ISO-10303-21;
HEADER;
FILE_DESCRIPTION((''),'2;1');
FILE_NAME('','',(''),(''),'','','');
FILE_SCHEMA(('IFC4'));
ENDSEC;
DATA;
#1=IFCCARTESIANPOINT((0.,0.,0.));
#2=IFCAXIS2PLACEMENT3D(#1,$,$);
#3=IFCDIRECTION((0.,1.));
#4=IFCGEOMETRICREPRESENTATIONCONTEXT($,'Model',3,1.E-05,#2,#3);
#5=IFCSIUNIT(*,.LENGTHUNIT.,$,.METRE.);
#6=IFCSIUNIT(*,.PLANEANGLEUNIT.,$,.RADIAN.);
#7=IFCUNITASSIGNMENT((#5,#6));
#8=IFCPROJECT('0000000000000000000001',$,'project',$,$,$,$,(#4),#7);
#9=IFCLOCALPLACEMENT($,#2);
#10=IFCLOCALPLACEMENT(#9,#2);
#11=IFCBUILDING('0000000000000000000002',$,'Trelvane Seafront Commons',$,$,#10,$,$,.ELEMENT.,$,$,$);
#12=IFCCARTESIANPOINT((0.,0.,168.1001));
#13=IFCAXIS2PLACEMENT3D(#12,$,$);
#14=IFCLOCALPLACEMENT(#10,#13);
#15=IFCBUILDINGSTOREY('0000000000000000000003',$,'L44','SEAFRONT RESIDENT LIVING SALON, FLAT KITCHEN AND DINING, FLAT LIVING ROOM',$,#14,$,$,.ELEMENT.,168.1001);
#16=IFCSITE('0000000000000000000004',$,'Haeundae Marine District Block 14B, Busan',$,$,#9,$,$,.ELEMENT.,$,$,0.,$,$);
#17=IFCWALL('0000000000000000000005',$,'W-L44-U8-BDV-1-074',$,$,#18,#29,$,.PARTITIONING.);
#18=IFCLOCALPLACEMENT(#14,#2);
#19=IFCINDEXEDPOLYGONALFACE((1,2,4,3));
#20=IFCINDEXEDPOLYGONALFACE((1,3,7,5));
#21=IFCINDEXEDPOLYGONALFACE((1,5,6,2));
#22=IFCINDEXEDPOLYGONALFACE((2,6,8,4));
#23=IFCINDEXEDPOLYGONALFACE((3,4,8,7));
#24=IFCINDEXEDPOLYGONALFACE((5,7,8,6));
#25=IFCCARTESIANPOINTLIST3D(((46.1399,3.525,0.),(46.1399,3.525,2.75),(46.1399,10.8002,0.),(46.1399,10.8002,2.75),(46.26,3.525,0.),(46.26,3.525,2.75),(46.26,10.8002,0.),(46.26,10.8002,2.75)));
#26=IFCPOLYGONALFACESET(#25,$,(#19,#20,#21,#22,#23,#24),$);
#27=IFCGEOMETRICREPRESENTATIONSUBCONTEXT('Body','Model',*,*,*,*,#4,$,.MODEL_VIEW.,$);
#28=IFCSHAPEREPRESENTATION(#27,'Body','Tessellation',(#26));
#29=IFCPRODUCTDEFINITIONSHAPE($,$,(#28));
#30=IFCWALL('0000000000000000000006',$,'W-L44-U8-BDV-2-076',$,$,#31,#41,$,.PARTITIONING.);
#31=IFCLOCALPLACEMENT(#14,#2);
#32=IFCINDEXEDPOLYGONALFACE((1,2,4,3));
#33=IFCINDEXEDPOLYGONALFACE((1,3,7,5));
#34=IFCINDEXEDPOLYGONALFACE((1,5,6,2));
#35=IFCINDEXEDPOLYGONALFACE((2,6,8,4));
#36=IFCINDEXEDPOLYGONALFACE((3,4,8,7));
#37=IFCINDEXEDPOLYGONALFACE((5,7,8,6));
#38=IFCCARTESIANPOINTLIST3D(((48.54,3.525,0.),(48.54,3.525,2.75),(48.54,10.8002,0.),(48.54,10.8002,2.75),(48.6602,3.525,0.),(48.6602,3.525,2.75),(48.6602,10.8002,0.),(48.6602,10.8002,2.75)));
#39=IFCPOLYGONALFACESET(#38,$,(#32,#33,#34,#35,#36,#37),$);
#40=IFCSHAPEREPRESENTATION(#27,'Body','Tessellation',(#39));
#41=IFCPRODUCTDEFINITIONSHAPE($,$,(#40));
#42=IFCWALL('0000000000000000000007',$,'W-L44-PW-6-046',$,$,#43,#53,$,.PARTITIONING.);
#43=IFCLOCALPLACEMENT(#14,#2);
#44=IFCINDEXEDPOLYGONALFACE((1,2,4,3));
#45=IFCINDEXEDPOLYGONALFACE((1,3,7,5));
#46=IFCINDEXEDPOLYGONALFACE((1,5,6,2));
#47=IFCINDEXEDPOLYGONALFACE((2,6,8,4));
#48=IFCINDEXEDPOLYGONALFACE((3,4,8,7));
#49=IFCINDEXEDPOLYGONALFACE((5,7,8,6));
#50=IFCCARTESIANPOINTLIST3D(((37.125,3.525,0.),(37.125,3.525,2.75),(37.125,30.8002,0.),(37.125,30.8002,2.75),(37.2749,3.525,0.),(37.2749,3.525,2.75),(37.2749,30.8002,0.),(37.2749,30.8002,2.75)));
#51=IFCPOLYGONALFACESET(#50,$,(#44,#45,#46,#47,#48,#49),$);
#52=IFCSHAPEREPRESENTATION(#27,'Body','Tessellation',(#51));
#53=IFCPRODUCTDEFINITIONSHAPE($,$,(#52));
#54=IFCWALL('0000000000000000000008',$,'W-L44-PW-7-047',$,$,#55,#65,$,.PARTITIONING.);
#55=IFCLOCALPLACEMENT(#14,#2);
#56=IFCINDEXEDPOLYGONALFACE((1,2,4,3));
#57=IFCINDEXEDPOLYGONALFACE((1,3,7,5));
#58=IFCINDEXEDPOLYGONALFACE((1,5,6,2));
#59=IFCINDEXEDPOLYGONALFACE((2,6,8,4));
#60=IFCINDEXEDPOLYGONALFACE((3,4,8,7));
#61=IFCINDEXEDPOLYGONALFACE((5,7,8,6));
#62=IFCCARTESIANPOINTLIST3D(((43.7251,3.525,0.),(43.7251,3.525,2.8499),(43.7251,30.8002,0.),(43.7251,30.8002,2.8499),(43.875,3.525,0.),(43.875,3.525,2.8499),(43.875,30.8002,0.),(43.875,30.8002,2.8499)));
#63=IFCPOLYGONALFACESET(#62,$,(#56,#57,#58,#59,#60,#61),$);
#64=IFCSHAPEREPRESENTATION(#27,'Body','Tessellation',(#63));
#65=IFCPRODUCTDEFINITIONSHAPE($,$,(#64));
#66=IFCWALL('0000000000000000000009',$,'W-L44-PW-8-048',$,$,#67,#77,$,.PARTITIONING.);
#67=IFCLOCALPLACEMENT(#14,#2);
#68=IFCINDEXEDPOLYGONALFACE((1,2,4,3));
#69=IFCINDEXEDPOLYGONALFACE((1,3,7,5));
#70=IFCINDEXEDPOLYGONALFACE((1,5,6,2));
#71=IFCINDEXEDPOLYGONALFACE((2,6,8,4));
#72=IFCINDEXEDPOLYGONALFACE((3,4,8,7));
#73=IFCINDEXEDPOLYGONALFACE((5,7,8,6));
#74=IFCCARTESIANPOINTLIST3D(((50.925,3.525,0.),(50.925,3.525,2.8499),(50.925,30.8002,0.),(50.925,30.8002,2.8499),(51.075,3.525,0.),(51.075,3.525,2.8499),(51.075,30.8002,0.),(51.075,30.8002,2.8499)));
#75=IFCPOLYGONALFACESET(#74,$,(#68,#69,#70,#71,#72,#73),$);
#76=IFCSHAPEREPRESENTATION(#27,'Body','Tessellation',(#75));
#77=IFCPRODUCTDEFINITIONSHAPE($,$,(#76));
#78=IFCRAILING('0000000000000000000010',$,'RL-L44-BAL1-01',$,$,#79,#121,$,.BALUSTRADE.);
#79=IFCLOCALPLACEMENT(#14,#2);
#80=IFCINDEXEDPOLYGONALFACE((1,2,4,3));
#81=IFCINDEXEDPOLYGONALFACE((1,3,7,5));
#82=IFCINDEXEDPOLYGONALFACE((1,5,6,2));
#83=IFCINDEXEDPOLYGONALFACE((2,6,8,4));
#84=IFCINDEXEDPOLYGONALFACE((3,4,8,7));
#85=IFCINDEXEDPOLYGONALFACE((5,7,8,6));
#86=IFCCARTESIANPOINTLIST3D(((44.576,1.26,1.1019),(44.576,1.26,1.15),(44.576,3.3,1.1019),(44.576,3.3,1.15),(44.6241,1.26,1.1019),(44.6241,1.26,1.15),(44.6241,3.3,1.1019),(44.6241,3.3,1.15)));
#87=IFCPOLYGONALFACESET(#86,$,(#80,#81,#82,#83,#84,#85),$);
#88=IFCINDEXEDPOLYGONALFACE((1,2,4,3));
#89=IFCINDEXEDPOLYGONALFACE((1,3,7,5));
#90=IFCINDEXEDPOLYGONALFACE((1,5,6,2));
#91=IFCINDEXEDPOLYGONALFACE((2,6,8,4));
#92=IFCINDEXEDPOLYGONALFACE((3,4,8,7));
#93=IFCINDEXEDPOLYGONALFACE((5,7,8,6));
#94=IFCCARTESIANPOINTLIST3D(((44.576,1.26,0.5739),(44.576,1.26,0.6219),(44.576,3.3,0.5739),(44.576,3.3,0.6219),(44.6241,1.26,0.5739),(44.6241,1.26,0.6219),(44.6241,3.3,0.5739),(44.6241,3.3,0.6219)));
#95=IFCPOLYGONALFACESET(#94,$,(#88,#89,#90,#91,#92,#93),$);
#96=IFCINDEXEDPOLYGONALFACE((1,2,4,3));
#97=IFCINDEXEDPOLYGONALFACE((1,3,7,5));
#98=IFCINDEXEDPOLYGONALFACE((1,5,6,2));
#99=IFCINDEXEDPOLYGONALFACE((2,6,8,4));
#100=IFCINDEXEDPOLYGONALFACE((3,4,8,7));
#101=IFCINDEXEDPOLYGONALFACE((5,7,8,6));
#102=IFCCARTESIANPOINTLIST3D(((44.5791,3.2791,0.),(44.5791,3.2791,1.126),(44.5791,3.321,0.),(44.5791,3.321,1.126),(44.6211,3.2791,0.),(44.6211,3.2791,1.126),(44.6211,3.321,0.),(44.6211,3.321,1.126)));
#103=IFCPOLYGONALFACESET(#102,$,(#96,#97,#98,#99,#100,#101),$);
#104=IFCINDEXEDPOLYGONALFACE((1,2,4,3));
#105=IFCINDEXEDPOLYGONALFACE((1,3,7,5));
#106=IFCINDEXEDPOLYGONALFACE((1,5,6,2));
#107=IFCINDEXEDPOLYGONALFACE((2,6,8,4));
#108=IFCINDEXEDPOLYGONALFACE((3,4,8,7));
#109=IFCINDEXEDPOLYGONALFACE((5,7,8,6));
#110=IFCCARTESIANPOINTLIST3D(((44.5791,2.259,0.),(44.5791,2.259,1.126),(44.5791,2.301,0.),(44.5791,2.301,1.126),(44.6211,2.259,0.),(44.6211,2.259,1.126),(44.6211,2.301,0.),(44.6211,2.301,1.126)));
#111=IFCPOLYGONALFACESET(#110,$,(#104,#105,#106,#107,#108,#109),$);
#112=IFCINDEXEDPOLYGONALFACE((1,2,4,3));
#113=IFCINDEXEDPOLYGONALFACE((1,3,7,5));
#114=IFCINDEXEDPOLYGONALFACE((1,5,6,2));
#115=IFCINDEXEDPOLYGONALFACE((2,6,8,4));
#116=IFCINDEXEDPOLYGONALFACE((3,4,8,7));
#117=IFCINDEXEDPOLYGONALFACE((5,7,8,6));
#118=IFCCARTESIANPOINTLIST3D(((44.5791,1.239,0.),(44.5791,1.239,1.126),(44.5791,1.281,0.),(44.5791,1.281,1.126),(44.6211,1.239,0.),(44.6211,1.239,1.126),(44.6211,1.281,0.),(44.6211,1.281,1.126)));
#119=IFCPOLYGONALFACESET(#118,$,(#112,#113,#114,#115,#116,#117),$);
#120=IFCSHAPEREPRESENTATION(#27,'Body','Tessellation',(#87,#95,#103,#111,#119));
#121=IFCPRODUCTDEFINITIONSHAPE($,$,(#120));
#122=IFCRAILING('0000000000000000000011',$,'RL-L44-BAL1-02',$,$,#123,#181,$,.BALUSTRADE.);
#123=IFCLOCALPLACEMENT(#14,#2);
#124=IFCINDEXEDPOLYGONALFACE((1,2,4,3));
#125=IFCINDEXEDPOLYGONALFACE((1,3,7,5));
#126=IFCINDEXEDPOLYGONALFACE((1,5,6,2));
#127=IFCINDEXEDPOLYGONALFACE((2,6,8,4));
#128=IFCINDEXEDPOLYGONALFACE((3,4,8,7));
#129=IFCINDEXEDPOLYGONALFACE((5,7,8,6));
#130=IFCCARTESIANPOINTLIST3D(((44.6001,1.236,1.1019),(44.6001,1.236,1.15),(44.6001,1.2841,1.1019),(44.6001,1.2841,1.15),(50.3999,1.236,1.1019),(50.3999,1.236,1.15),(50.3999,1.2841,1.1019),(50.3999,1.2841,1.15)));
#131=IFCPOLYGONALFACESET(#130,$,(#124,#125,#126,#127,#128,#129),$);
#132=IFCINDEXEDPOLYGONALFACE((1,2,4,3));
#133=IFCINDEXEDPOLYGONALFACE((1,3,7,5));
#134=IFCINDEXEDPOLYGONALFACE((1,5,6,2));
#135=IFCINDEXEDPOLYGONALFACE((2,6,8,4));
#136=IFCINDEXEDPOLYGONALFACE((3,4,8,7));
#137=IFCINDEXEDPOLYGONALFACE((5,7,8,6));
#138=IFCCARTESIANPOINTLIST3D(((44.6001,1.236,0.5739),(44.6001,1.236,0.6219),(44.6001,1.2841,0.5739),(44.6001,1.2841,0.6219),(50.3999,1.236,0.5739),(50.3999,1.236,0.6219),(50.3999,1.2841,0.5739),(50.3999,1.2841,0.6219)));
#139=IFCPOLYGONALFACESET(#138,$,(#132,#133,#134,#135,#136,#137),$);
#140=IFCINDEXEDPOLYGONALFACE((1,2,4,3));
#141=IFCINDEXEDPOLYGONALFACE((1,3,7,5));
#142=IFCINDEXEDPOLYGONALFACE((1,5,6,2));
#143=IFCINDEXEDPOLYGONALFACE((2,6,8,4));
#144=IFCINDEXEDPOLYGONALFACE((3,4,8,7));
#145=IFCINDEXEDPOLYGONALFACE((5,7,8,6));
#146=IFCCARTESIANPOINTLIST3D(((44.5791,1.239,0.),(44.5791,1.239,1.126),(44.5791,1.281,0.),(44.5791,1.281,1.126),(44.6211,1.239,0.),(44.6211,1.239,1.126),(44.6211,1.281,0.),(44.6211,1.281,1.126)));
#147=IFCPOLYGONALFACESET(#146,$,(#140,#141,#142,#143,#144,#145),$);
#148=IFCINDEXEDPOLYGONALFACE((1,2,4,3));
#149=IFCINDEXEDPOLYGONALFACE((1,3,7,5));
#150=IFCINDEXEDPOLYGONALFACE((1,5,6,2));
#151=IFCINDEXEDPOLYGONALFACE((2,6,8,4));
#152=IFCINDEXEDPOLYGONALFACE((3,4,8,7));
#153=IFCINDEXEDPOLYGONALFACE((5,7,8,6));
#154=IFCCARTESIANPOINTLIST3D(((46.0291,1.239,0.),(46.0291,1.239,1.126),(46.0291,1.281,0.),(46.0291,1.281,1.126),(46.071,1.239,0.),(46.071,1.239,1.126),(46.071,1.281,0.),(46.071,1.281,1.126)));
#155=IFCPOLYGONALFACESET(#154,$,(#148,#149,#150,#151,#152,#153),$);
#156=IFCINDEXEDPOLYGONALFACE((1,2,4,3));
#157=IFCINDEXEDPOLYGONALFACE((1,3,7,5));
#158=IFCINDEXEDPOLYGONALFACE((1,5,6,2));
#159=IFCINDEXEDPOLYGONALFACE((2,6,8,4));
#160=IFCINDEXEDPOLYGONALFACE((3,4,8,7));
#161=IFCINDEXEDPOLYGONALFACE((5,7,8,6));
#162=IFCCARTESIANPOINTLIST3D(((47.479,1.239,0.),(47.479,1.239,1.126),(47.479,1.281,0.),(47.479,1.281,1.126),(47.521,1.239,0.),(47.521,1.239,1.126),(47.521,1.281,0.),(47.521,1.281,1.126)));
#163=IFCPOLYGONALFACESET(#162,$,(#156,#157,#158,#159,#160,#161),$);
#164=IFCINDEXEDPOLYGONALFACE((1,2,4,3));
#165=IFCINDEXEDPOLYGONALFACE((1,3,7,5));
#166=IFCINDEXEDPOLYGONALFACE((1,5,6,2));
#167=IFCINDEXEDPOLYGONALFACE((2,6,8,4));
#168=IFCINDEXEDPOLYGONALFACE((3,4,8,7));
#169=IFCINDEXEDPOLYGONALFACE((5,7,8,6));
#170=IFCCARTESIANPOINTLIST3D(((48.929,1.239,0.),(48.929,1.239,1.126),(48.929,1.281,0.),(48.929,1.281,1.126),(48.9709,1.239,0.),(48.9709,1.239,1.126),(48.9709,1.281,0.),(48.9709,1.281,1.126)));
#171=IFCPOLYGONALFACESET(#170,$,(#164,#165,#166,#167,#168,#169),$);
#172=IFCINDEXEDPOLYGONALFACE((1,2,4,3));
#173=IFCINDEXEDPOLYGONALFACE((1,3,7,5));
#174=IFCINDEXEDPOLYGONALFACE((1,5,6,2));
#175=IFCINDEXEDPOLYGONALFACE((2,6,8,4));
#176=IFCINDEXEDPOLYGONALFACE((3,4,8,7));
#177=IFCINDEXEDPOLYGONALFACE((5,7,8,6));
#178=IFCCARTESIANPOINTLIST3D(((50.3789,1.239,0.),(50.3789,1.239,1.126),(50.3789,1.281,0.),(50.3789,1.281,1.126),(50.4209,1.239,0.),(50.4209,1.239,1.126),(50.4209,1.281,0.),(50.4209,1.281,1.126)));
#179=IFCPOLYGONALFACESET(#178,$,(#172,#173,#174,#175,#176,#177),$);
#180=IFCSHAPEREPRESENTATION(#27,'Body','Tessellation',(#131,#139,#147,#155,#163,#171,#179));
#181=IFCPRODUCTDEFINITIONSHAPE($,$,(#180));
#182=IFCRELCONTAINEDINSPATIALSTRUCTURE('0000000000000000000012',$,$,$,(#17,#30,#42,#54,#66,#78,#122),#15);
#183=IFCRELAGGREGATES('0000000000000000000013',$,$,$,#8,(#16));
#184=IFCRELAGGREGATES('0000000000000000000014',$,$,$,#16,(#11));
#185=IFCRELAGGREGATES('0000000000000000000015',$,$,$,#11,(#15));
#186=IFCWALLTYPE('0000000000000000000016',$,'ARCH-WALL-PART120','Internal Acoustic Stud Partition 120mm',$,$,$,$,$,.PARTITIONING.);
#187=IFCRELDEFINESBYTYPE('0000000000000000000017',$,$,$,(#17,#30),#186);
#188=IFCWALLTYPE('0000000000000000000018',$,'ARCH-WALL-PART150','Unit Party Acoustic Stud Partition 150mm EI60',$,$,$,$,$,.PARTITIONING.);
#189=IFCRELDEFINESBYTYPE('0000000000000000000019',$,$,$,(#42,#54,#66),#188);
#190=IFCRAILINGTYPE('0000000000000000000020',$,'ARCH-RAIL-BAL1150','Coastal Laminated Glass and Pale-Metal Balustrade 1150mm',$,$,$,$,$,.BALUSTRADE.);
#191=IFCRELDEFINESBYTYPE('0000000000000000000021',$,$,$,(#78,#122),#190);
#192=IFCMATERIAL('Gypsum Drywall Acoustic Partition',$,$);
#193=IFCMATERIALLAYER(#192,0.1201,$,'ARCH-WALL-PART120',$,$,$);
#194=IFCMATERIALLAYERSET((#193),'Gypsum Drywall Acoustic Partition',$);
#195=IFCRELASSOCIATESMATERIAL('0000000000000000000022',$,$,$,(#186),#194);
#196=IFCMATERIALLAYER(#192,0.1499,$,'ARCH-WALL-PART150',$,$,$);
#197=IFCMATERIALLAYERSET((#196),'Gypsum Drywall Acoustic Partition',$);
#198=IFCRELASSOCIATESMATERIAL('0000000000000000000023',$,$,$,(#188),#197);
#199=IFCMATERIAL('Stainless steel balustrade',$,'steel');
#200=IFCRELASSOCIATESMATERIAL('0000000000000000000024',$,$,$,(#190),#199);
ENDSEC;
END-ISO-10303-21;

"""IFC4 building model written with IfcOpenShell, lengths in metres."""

from ifc_helpers import new_model, si_unit, direction, frame, frame_2d, origin, origin_2d, place, context, subcontext, project, spatial, rectangle, extrude, material, layer, layer_set, type_object, element, save


model = new_model("IFC4")

# Units and contexts
model_context = context("Model", 3, precision=1e-05, world=origin(), true_north=direction((0.0, 1.0)))
body_context = subcontext(model_context, "Body", "Model", "MODEL_VIEW")
ifc_project = project(units=[si_unit("LENGTHUNIT", "METRE"), si_unit("PLANEANGLEUNIT", "RADIAN")], contexts=[model_context])

# Site, building, storey
site_placement = place(None, origin())
site = spatial("IfcSite", under=ifc_project, at=site_placement, Name="Haeundae Marine District Block 14B, Busan", CompositionType="ELEMENT", RefElevation=0.0)
building_placement = place(site_placement, origin())
building = spatial("IfcBuilding", under=site, at=building_placement, Name="Trelvane Seafront Commons", CompositionType="ELEMENT")
storey_placement = place(building_placement, frame((0.0, 0.0, 168.1001)))
storey = spatial("IfcBuildingStorey", under=building, at=storey_placement, Name="L44", Description="SEAFRONT RESIDENT LIVING SALON, FLAT KITCHEN AND DINING, FLAT LIVING ROOM", CompositionType="ELEMENT", Elevation=168.1001)

# Shared definitions
ifc_material_1 = material(Name="Gypsum Drywall Acoustic Partition")
ifc_layer_1 = layer(ifc_material_1, 0.1201, Name="ARCH-WALL-PART120")
ifc_layer_set_1 = layer_set([ifc_layer_1], Name="Gypsum Drywall Acoustic Partition")
wall_type_1 = type_object("IfcWallType", Name="ARCH-WALL-PART120", Description="Internal Acoustic Stud Partition 120mm", PredefinedType="PARTITIONING", material=ifc_layer_set_1)

# Wall
wall_1_placement = place(storey_placement, frame((46.2, 3.5249, 0.0), z_axis=(0.0, 0.0, 1.0), x_axis=(0.0, 1.0, 0.0)))
element("IfcWall", 1, at=wall_1_placement, inside=storey, type_object=wall_type_1, Name="W-L44-U8-BDV-1-074", PredefinedType="PARTITIONING", context=body_context, shape_type="SweptSolid", body=[
    extrude(rectangle(XDim=7.2751, YDim=0.1201, at=frame_2d((3.6377, 0.0))), origin(), (0.0, 0.0, 1.0), 2.75),
])

# Walls
wall_2_placement = place(storey_placement, frame((48.6001, 3.5249, 0.0), z_axis=(0.0, 0.0, 1.0), x_axis=(0.0, 1.0, 0.0)))
element("IfcWall", 2, at=wall_2_placement, inside=storey, type_object=wall_type_1, Name="W-L44-U8-BDV-2-076", PredefinedType="PARTITIONING", context=body_context, shape_type="SweptSolid", body=[
    extrude(rectangle(XDim=7.2751, YDim=0.1201, at=frame_2d((3.6377, 0.0))), origin(), (0.0, 0.0, 1.0), 2.75),
])
ifc_layer_2 = layer(ifc_material_1, 0.1499, Name="ARCH-WALL-PART150")
ifc_layer_set_2 = layer_set([ifc_layer_2], Name="Gypsum Drywall Acoustic Partition")
wall_type_2 = type_object("IfcWallType", Name="ARCH-WALL-PART150", Description="Unit Party Acoustic Stud Partition 150mm EI60", PredefinedType="PARTITIONING", material=ifc_layer_set_2)
wall_3_placement = place(storey_placement, frame((37.2, 3.5249, 0.0), z_axis=(0.0, 0.0, 1.0), x_axis=(0.0, 1.0, 0.0)))
element("IfcWall", 3, at=wall_3_placement, inside=storey, type_object=wall_type_2, Name="W-L44-PW-6-046", PredefinedType="PARTITIONING", context=body_context, shape_type="SweptSolid", body=[
    extrude(rectangle(XDim=27.2751, YDim=0.1499, at=frame_2d((13.6377, 0.0))), origin(), (0.0, 0.0, 1.0), 2.75),
])
for number, where, z_axis, x_axis, name in (
    (4, (43.8, 3.5249, 0.0), (0.0, 0.0, 1.0), (0.0, 1.0, 0.0), "W-L44-PW-7-047"),
    (5, (51.0, 3.5249, 0.0), (0.0, 0.0, 1.0), (0.0, 1.0, 0.0), "W-L44-PW-8-048"),
):
    element("IfcWall", number, at=place(storey_placement, frame(where, z_axis=z_axis, x_axis=x_axis)), inside=storey, type_object=wall_type_2, Name=name, PredefinedType="PARTITIONING", context=body_context, shape_type="SweptSolid", body=[
        extrude(rectangle(XDim=27.2751, YDim=0.1499, at=frame_2d((13.6377, 0.0))), origin(), (0.0, 0.0, 1.0), 2.8499),
    ])

# Railings
ifc_material_2 = material(Name="Stainless steel balustrade", Category="steel")
railing_type = type_object("IfcRailingType", Name="ARCH-RAIL-BAL1150", Description="Coastal Laminated Glass and Pale-Metal Balustrade 1150mm", PredefinedType="BALUSTRADE", material=ifc_material_2)
railing_1_placement = place(storey_placement, frame((44.6001, 3.3, 0.0)))
element("IfcRailing", 6, at=railing_1_placement, inside=storey, type_object=railing_type, Name="RL-L44-BAL1-01", PredefinedType="BALUSTRADE", context=body_context, shape_type="SweptSolid", body=[
    extrude(rectangle(XDim=0.0481, YDim=0.0481, at=origin_2d()), frame((0.0, 0.0, 1.126), z_axis=(0.0, -1.0, 0.0), x_axis=(1.0, 0.0, 0.0)), (0.0, 0.0, 1.0), 2.04),
    extrude(rectangle(XDim=0.0481, YDim=0.0481, at=origin_2d()), frame((0.0, 0.0, 0.5979), z_axis=(0.0, -1.0, 0.0), x_axis=(1.0, 0.0, 0.0)), (0.0, 0.0, 1.0), 2.04),
    extrude(rectangle(XDim=0.042, YDim=0.042, at=origin_2d()), origin(), (0.0, 0.0, 1.0), 1.126),
    extrude(rectangle(XDim=0.042, YDim=0.042, at=origin_2d()), frame((0.0, -1.02, 0.0)), (0.0, 0.0, 1.0), 1.126),
    extrude(rectangle(XDim=0.042, YDim=0.042, at=origin_2d()), frame((0.0, -2.04, 0.0)), (0.0, 0.0, 1.0), 1.126),
])
railing_2_placement = place(storey_placement, frame((44.6001, 1.26, 0.0)))
element("IfcRailing", 7, at=railing_2_placement, inside=storey, type_object=railing_type, Name="RL-L44-BAL1-02", PredefinedType="BALUSTRADE", context=body_context, shape_type="SweptSolid", body=[
    extrude(rectangle(XDim=0.0481, YDim=0.0481, at=origin_2d()), frame((0.0, 0.0, 1.126), z_axis=(1.0, 0.0, 0.0), x_axis=(0.0, 1.0, 0.0)), (0.0, 0.0, 1.0), 5.7998),
    extrude(rectangle(XDim=0.0481, YDim=0.0481, at=origin_2d()), frame((0.0, 0.0, 0.5979), z_axis=(1.0, 0.0, 0.0), x_axis=(0.0, 1.0, 0.0)), (0.0, 0.0, 1.0), 5.7998),
    extrude(rectangle(XDim=0.042, YDim=0.042, at=origin_2d()), origin(), (0.0, 0.0, 1.0), 1.126),
    extrude(rectangle(XDim=0.042, YDim=0.042, at=origin_2d()), frame((1.45, 0.0, 0.0)), (0.0, 0.0, 1.0), 1.126),
    extrude(rectangle(XDim=0.042, YDim=0.042, at=origin_2d()), frame((2.8999, 0.0, 0.0)), (0.0, 0.0, 1.0), 1.126),
    extrude(rectangle(XDim=0.042, YDim=0.042, at=origin_2d()), frame((4.3499, 0.0, 0.0)), (0.0, 0.0, 1.0), 1.126),
    extrude(rectangle(XDim=0.042, YDim=0.042, at=origin_2d()), frame((5.7998, 0.0, 0.0)), (0.0, 0.0, 1.0), 1.126),
])

save(model, "model.ifc")
